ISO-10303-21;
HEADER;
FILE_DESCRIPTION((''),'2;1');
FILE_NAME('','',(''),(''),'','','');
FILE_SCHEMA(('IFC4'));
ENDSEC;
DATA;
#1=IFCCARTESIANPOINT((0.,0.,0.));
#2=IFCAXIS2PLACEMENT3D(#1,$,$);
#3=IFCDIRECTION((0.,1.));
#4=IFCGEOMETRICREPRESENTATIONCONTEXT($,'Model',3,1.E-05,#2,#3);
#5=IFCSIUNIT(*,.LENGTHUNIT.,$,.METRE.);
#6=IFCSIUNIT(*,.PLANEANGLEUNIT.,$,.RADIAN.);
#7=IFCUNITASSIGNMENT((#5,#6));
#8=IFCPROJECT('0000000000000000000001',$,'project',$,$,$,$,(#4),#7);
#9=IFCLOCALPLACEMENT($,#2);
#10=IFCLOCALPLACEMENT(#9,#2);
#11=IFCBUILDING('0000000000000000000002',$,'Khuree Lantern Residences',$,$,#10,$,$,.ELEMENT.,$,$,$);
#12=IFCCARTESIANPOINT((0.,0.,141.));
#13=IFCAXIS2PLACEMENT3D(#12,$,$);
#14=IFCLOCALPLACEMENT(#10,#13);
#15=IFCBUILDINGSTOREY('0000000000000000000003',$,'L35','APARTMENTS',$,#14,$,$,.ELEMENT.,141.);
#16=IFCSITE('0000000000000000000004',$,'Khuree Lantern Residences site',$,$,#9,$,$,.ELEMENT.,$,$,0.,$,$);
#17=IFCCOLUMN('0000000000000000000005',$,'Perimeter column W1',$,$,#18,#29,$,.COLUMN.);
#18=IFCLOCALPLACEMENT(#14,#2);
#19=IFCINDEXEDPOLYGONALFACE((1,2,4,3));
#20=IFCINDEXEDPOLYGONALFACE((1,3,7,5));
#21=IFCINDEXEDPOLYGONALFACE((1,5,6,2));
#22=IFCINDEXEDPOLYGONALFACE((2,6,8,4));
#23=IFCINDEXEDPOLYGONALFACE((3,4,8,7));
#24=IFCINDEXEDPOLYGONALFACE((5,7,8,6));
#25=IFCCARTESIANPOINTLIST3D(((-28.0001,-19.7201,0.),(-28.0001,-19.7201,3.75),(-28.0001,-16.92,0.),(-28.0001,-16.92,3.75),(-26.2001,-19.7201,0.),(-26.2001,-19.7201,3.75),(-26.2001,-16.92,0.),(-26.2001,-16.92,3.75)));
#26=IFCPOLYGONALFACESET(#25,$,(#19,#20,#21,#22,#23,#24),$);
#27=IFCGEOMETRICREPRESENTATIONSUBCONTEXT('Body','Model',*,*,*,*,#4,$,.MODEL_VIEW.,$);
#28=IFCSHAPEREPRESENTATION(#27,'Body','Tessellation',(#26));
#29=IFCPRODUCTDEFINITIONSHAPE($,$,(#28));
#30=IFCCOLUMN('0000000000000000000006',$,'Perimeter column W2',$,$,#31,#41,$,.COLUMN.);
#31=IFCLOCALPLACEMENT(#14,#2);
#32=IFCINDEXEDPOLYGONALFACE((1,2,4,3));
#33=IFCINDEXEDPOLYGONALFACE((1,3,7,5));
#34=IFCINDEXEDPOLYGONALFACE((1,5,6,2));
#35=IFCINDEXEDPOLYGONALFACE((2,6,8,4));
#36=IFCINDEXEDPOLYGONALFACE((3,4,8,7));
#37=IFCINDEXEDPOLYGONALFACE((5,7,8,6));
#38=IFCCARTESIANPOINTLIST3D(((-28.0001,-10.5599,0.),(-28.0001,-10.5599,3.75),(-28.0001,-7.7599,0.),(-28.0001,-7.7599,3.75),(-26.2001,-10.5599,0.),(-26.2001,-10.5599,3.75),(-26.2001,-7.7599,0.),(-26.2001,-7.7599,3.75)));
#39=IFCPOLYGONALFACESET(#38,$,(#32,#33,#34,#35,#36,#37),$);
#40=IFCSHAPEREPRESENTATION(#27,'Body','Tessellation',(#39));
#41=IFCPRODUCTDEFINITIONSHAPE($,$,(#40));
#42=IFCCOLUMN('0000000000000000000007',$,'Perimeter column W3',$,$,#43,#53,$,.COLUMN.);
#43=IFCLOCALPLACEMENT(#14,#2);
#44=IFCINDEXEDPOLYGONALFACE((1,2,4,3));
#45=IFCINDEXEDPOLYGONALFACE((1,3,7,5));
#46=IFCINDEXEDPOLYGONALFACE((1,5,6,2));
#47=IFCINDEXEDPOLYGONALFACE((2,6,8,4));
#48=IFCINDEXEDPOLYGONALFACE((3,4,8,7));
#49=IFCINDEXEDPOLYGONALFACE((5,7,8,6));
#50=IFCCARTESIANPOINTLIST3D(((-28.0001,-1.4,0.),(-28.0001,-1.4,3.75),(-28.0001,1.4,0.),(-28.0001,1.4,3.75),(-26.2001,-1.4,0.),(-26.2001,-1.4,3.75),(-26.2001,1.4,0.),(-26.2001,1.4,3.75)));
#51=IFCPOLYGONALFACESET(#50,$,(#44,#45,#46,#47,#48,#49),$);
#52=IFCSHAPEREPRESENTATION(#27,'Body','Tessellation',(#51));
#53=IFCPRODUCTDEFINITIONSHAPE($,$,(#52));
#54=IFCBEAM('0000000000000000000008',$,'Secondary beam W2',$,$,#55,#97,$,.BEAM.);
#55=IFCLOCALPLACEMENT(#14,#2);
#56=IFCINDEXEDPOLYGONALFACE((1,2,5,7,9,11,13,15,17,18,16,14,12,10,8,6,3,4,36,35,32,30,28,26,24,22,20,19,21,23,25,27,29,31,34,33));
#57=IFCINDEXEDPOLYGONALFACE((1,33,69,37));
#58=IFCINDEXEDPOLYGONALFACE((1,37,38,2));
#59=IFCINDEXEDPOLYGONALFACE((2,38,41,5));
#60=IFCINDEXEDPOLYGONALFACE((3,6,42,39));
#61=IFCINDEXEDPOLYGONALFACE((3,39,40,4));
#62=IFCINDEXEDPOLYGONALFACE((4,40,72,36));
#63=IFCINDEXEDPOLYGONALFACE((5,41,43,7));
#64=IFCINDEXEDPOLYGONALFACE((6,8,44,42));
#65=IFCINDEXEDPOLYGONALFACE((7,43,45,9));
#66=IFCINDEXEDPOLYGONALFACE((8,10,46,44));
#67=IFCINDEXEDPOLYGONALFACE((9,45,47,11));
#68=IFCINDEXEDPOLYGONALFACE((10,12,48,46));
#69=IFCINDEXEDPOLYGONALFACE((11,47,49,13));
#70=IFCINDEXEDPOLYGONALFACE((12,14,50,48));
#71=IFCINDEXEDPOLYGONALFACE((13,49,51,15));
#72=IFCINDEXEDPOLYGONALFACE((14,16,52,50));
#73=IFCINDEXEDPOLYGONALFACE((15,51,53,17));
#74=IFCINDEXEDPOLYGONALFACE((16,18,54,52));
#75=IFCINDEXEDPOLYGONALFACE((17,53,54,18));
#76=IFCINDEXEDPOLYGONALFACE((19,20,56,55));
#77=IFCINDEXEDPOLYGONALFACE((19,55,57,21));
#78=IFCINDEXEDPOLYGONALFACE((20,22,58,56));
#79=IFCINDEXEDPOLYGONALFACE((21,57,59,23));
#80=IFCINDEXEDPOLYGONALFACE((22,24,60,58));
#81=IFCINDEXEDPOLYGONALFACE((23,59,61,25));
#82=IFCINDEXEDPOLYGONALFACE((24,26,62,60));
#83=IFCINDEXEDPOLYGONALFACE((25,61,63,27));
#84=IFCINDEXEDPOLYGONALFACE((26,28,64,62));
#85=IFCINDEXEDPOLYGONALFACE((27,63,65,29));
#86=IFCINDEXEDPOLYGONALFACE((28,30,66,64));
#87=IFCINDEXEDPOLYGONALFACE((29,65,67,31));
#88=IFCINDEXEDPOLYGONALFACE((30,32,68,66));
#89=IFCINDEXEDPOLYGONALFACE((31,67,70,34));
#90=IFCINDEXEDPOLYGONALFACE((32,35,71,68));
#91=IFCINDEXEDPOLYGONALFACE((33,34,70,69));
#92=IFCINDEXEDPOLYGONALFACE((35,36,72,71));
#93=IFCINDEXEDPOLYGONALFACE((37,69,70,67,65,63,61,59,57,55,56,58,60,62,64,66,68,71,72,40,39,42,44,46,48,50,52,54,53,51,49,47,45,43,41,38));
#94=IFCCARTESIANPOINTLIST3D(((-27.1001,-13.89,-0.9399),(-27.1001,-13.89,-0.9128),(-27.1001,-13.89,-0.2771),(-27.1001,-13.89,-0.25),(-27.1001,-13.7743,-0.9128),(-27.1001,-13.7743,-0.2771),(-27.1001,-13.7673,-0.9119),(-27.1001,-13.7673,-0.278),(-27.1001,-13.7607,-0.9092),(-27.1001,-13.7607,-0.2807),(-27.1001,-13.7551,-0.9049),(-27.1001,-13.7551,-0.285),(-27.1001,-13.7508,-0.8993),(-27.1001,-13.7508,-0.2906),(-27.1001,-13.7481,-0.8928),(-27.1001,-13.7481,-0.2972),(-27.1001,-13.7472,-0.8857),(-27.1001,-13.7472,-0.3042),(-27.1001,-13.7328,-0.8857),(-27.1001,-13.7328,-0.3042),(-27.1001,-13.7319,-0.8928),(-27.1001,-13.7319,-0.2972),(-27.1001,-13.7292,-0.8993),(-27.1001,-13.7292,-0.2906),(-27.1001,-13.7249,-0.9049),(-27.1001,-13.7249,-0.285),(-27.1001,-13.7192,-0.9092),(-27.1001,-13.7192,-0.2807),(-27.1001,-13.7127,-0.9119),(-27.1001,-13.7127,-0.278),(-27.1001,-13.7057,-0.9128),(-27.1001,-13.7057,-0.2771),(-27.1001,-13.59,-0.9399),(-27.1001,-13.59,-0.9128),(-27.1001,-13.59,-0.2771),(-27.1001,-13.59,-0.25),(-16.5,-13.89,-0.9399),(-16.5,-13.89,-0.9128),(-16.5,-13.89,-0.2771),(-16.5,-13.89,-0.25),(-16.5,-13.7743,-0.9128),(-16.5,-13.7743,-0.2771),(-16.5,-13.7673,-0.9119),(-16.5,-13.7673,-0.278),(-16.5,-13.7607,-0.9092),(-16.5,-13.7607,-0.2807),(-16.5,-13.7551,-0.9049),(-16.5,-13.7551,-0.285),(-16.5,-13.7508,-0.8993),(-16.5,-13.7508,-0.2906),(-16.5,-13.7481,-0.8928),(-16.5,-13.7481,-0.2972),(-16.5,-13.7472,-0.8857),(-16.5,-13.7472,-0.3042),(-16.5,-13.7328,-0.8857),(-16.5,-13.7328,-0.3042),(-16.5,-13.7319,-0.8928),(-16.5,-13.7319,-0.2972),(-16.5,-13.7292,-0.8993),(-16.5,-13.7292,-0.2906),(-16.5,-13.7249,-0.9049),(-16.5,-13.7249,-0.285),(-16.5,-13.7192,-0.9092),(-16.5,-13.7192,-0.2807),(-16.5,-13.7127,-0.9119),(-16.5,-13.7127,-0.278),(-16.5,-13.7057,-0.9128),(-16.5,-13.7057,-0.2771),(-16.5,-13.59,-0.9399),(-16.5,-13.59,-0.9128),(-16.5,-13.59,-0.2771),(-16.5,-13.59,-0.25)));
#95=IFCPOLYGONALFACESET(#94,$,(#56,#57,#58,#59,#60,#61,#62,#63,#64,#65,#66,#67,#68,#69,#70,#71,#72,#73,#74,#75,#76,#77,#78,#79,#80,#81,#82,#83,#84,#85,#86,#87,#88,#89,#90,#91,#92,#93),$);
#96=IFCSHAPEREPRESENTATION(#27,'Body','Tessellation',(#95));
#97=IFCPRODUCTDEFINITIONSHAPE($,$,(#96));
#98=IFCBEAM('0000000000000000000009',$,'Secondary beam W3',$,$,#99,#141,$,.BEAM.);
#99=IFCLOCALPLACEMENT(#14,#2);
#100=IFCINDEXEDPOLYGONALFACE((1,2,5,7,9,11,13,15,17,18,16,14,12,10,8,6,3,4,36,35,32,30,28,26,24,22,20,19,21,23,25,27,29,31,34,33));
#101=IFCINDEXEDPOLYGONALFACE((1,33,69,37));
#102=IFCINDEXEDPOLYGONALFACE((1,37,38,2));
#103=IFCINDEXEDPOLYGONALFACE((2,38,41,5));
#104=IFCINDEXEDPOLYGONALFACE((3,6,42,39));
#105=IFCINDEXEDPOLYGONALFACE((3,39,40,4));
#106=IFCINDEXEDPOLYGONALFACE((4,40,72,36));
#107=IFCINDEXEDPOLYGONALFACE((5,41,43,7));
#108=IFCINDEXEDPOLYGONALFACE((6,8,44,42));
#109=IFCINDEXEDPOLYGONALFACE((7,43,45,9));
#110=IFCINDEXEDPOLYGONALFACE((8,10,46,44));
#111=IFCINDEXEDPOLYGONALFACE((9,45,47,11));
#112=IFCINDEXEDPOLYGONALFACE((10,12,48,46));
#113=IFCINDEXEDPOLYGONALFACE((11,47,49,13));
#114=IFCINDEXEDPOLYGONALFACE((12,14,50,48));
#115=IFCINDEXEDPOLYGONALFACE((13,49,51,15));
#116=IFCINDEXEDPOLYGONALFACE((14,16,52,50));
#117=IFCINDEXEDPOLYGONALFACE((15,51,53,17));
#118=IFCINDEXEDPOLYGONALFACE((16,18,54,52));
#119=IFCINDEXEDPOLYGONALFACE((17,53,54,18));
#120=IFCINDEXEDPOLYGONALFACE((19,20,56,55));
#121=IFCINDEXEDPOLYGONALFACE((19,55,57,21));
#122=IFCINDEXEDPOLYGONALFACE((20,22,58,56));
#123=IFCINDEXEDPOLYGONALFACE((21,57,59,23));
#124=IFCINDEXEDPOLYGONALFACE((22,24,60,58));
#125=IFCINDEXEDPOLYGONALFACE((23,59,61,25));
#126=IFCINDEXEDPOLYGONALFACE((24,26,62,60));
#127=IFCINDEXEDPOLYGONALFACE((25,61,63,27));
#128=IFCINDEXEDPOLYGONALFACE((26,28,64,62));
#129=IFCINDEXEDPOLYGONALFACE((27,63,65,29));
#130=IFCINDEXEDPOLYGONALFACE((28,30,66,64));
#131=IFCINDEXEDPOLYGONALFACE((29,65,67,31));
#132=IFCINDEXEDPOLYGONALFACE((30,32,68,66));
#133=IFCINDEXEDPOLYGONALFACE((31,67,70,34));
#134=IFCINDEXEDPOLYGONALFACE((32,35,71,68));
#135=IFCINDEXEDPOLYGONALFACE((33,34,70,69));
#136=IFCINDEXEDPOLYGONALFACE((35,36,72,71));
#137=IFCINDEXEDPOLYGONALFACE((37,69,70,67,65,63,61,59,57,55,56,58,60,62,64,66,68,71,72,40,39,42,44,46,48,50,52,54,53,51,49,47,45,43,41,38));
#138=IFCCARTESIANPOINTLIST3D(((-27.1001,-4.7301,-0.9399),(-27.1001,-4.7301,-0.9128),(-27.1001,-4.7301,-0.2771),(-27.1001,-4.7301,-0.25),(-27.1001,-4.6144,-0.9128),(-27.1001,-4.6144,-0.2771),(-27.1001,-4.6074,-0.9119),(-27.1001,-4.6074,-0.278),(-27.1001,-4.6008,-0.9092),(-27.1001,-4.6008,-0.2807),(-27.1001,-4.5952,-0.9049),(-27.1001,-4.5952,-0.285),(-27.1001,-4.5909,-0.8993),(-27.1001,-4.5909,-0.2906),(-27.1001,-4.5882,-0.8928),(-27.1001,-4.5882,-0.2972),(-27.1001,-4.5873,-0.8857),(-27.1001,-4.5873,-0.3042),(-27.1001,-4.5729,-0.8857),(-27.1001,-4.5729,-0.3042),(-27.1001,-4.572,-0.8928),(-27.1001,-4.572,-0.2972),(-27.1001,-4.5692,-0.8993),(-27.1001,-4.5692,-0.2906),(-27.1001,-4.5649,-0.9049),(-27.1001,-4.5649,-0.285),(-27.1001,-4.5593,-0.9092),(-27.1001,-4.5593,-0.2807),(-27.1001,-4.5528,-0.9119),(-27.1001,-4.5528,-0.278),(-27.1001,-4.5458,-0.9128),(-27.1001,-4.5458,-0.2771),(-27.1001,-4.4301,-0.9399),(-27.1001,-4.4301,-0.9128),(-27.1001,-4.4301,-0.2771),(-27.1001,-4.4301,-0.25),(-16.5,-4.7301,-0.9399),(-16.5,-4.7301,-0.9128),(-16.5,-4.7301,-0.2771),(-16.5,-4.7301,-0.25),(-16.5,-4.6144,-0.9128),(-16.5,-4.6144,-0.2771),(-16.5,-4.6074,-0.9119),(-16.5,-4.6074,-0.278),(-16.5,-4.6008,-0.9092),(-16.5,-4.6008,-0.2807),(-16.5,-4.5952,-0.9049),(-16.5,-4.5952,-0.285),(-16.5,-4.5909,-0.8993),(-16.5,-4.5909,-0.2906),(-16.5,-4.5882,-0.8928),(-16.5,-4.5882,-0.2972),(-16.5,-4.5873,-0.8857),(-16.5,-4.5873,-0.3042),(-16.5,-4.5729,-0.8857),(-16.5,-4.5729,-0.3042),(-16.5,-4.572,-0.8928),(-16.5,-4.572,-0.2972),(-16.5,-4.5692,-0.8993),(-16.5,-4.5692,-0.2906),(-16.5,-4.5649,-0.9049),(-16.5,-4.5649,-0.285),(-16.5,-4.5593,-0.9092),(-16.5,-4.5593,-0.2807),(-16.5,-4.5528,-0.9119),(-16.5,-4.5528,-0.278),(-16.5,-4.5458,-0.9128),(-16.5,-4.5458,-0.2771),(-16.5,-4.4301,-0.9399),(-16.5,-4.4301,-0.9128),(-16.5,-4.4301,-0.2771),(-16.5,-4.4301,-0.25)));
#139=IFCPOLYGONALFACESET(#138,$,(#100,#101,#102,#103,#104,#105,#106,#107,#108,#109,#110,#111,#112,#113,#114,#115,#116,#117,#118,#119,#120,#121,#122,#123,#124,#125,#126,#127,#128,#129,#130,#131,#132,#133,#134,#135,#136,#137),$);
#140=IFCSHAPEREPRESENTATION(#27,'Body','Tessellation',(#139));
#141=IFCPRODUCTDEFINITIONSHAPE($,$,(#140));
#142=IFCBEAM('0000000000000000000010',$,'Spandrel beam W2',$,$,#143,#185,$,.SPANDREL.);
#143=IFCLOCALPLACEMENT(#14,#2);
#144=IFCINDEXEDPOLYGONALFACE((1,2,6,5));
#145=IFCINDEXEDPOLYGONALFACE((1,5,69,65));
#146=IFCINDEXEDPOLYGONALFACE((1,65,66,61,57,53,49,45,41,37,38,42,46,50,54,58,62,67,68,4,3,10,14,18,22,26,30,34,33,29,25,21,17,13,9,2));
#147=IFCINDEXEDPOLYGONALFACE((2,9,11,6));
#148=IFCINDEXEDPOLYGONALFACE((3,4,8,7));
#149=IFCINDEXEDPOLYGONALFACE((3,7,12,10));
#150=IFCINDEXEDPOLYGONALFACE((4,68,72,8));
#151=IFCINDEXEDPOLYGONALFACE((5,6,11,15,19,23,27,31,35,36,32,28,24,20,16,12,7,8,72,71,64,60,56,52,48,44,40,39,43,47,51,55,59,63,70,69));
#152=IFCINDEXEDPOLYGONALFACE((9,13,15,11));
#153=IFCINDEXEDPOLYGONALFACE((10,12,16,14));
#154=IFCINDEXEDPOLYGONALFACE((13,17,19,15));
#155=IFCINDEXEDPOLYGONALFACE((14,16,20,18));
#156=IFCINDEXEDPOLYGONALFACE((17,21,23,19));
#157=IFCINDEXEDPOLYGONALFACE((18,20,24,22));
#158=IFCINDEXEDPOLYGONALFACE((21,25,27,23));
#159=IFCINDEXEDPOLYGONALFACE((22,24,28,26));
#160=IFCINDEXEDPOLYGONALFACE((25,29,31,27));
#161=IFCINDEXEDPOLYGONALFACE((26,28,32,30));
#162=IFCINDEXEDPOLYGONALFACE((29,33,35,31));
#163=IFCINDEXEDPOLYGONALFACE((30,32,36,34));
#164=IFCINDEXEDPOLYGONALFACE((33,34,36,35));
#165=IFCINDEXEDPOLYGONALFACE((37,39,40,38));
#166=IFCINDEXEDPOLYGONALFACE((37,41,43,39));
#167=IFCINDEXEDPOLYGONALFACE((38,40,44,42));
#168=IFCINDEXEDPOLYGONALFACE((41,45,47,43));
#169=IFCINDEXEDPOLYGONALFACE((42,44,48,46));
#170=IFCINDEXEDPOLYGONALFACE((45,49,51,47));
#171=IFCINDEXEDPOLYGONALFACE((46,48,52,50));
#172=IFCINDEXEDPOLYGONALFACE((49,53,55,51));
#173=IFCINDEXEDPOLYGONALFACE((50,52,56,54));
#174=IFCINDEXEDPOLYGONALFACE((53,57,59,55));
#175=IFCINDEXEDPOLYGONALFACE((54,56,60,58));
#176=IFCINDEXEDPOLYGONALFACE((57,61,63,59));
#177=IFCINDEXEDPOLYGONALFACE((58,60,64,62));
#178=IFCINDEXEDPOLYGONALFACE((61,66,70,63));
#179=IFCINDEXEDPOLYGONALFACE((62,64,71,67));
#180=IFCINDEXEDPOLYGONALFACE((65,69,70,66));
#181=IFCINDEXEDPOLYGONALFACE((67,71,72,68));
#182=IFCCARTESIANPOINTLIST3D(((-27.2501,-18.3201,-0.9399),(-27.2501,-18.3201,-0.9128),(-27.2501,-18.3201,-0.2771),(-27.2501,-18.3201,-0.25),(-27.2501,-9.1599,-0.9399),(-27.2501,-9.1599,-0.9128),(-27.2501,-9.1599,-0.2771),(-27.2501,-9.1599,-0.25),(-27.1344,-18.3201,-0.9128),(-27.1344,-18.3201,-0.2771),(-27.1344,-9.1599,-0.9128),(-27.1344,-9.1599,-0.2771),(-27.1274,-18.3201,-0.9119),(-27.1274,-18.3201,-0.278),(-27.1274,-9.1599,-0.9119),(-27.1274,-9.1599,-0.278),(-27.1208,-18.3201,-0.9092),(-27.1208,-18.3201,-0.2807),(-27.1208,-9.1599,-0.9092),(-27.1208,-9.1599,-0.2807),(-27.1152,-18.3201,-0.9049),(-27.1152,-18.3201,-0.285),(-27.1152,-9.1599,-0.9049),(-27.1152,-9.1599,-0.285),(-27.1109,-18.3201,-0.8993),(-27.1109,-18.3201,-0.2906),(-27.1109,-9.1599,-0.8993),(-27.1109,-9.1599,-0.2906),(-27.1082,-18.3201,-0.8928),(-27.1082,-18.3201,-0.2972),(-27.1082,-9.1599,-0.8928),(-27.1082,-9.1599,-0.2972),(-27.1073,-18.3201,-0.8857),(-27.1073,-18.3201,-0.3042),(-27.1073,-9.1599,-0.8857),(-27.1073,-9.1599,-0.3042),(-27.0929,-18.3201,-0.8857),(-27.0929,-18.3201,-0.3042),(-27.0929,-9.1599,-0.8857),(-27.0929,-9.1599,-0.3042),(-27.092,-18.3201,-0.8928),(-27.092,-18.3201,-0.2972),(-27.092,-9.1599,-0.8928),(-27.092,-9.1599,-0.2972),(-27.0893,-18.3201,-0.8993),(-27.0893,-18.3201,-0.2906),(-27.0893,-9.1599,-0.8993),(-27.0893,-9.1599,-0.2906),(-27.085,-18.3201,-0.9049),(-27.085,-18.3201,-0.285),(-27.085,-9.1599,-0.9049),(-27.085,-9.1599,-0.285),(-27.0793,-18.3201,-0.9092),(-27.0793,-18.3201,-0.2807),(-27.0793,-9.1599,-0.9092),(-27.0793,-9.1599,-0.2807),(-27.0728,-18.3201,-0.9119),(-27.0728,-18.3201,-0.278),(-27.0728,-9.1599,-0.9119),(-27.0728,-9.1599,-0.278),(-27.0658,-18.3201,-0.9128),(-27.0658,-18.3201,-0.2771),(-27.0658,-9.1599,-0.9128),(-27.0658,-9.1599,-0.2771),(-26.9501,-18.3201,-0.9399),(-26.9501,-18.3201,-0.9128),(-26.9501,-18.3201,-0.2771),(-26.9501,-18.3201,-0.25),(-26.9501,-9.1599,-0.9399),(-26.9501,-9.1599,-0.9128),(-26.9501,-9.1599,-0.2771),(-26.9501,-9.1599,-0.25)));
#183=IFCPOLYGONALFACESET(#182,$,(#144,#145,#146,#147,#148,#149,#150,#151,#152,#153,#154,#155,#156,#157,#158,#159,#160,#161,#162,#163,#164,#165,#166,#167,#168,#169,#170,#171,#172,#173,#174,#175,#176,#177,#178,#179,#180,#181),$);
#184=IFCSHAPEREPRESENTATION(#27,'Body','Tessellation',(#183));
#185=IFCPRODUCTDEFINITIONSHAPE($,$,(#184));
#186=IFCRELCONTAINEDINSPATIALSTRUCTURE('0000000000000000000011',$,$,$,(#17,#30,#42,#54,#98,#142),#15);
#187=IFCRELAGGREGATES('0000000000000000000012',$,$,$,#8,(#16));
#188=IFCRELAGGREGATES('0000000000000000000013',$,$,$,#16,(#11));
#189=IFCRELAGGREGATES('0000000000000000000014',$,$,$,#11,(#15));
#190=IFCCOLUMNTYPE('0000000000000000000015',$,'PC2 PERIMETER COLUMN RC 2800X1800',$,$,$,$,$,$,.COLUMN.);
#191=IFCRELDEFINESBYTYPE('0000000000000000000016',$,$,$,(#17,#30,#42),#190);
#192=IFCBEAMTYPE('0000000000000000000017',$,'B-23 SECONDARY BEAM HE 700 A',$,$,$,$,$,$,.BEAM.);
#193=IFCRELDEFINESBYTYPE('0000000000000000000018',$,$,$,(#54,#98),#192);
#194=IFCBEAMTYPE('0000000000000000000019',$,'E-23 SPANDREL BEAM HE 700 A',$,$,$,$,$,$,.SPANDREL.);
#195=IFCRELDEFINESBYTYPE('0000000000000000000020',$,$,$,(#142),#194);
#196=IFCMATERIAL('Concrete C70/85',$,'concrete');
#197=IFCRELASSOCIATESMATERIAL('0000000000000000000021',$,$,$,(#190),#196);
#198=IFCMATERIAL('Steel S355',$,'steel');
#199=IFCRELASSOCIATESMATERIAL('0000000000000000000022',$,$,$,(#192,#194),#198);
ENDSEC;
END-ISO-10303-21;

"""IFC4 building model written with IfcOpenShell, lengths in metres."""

from ifc_helpers import new_model, si_unit, direction, frame, origin, origin_2d, place, context, subcontext, project, spatial, rectangle, i_section, extrude, material, material_profile, profile_set, type_object, element, save


model = new_model("IFC4")

# Units and contexts
model_context = context("Model", 3, precision=1e-05, world=origin(), true_north=direction((0.0, 1.0)))
body_context = subcontext(model_context, "Body", "Model", "MODEL_VIEW")
ifc_project = project(units=[si_unit("LENGTHUNIT", "METRE"), si_unit("PLANEANGLEUNIT", "RADIAN")], contexts=[model_context])

# Site, building, storey
site_placement = place(None, origin())
site = spatial("IfcSite", under=ifc_project, at=site_placement, Name="Khuree Lantern Residences site", CompositionType="ELEMENT", RefElevation=0.0)
building_placement = place(site_placement, origin())
building = spatial("IfcBuilding", under=site, at=building_placement, Name="Khuree Lantern Residences", CompositionType="ELEMENT")
storey_placement = place(building_placement, frame((0.0, 0.0, 141.0)))
storey = spatial("IfcBuildingStorey", under=building, at=storey_placement, Name="L35", Description="APARTMENTS", CompositionType="ELEMENT", Elevation=141.0)

# Columns
ifc_material_1 = material(Name="Concrete C70/85", Category="concrete")
ifc_material_profile_1 = material_profile(ifc_material_1, rectangle(XDim=2.8, YDim=1.8, at=origin_2d()), Name="RC 2800X1800")
ifc_profile_set_1 = profile_set([ifc_material_profile_1], Name="Concrete C70/85")
column_type = type_object("IfcColumnType", Name="PC2 PERIMETER COLUMN RC 2800X1800", PredefinedType="COLUMN", material=ifc_profile_set_1)
for number, where, z_axis, x_axis, name in (
    (1, (-27.1001, -18.3201, 0.0), (0.0, 0.0, 1.0), (0.0, 1.0, 0.0), "Perimeter column W1"),
    (2, (-27.1001, -9.1599, 0.0), (0.0, 0.0, 1.0), (0.0, 1.0, 0.0), "Perimeter column W2"),
    (3, (-27.1001, 0.0, 0.0), (0.0, 0.0, 1.0), (0.0, 1.0, 0.0), "Perimeter column W3"),
):
    element("IfcColumn", number, at=place(storey_placement, frame(where, z_axis=z_axis, x_axis=x_axis)), inside=storey, type_object=column_type, Name=name, PredefinedType="COLUMN", context=body_context, shape_type="SweptSolid", body=[
        extrude(rectangle(XDim=2.8, YDim=1.8, at=origin_2d()), origin(), (0.0, 0.0, 1.0), 3.75),
    ])

# Beams
ifc_material_2 = material(Name="Steel S355", Category="steel")
ifc_material_profile_2 = material_profile(ifc_material_2, i_section(OverallWidth=0.3, OverallDepth=0.6899, WebThickness=0.0144, FlangeThickness=0.0271, FilletRadius=0.0271, at=origin_2d()), Name="HE 700 A")
ifc_profile_set_2 = profile_set([ifc_material_profile_2], Name="Steel S355")
beam_type_1 = type_object("IfcBeamType", Name="B-23 SECONDARY BEAM HE 700 A", PredefinedType="BEAM", material=ifc_profile_set_2)
for number, where, z_axis, x_axis, name in (
    (4, (-27.1001, -13.74, -0.595), (1.0, 0.0, 0.0), (0.0, 1.0, 0.0), "Secondary beam W2"),
    (5, (-27.1001, -4.5801, -0.595), (1.0, 0.0, 0.0), (0.0, 1.0, 0.0), "Secondary beam W3"),
):
    element("IfcBeam", number, at=place(storey_placement, frame(where, z_axis=z_axis, x_axis=x_axis)), inside=storey, type_object=beam_type_1, Name=name, PredefinedType="BEAM", context=body_context, shape_type="SweptSolid", body=[
        extrude(i_section(OverallWidth=0.3, OverallDepth=0.6899, WebThickness=0.0144, FlangeThickness=0.0271, FilletRadius=0.0271, at=origin_2d()), origin(), (0.0, 0.0, 1.0), 10.6001),
    ])
ifc_material_profile_3 = material_profile(ifc_material_2, i_section(OverallWidth=0.3, OverallDepth=0.6899, WebThickness=0.0144, FlangeThickness=0.0271, FilletRadius=0.0271, at=origin_2d()), Name="HE 700 A")
ifc_profile_set_3 = profile_set([ifc_material_profile_3], Name="Steel S355")
beam_type_2 = type_object("IfcBeamType", Name="E-23 SPANDREL BEAM HE 700 A", PredefinedType="SPANDREL", material=ifc_profile_set_3)
beam_1_placement = place(storey_placement, frame((-27.1001, -18.3201, -0.595), z_axis=(0.0, 1.0, 0.0), x_axis=(-1.0, 0.0, 0.0)))
element("IfcBeam", 6, at=beam_1_placement, inside=storey, type_object=beam_type_2, Name="Spandrel beam W2", PredefinedType="SPANDREL", context=body_context, shape_type="SweptSolid", body=[
    extrude(i_section(OverallWidth=0.3, OverallDepth=0.6899, WebThickness=0.0144, FlangeThickness=0.0271, FilletRadius=0.0271, at=origin_2d()), origin(), (0.0, 0.0, 1.0), 9.1602),
])

save(model, "model.ifc")
